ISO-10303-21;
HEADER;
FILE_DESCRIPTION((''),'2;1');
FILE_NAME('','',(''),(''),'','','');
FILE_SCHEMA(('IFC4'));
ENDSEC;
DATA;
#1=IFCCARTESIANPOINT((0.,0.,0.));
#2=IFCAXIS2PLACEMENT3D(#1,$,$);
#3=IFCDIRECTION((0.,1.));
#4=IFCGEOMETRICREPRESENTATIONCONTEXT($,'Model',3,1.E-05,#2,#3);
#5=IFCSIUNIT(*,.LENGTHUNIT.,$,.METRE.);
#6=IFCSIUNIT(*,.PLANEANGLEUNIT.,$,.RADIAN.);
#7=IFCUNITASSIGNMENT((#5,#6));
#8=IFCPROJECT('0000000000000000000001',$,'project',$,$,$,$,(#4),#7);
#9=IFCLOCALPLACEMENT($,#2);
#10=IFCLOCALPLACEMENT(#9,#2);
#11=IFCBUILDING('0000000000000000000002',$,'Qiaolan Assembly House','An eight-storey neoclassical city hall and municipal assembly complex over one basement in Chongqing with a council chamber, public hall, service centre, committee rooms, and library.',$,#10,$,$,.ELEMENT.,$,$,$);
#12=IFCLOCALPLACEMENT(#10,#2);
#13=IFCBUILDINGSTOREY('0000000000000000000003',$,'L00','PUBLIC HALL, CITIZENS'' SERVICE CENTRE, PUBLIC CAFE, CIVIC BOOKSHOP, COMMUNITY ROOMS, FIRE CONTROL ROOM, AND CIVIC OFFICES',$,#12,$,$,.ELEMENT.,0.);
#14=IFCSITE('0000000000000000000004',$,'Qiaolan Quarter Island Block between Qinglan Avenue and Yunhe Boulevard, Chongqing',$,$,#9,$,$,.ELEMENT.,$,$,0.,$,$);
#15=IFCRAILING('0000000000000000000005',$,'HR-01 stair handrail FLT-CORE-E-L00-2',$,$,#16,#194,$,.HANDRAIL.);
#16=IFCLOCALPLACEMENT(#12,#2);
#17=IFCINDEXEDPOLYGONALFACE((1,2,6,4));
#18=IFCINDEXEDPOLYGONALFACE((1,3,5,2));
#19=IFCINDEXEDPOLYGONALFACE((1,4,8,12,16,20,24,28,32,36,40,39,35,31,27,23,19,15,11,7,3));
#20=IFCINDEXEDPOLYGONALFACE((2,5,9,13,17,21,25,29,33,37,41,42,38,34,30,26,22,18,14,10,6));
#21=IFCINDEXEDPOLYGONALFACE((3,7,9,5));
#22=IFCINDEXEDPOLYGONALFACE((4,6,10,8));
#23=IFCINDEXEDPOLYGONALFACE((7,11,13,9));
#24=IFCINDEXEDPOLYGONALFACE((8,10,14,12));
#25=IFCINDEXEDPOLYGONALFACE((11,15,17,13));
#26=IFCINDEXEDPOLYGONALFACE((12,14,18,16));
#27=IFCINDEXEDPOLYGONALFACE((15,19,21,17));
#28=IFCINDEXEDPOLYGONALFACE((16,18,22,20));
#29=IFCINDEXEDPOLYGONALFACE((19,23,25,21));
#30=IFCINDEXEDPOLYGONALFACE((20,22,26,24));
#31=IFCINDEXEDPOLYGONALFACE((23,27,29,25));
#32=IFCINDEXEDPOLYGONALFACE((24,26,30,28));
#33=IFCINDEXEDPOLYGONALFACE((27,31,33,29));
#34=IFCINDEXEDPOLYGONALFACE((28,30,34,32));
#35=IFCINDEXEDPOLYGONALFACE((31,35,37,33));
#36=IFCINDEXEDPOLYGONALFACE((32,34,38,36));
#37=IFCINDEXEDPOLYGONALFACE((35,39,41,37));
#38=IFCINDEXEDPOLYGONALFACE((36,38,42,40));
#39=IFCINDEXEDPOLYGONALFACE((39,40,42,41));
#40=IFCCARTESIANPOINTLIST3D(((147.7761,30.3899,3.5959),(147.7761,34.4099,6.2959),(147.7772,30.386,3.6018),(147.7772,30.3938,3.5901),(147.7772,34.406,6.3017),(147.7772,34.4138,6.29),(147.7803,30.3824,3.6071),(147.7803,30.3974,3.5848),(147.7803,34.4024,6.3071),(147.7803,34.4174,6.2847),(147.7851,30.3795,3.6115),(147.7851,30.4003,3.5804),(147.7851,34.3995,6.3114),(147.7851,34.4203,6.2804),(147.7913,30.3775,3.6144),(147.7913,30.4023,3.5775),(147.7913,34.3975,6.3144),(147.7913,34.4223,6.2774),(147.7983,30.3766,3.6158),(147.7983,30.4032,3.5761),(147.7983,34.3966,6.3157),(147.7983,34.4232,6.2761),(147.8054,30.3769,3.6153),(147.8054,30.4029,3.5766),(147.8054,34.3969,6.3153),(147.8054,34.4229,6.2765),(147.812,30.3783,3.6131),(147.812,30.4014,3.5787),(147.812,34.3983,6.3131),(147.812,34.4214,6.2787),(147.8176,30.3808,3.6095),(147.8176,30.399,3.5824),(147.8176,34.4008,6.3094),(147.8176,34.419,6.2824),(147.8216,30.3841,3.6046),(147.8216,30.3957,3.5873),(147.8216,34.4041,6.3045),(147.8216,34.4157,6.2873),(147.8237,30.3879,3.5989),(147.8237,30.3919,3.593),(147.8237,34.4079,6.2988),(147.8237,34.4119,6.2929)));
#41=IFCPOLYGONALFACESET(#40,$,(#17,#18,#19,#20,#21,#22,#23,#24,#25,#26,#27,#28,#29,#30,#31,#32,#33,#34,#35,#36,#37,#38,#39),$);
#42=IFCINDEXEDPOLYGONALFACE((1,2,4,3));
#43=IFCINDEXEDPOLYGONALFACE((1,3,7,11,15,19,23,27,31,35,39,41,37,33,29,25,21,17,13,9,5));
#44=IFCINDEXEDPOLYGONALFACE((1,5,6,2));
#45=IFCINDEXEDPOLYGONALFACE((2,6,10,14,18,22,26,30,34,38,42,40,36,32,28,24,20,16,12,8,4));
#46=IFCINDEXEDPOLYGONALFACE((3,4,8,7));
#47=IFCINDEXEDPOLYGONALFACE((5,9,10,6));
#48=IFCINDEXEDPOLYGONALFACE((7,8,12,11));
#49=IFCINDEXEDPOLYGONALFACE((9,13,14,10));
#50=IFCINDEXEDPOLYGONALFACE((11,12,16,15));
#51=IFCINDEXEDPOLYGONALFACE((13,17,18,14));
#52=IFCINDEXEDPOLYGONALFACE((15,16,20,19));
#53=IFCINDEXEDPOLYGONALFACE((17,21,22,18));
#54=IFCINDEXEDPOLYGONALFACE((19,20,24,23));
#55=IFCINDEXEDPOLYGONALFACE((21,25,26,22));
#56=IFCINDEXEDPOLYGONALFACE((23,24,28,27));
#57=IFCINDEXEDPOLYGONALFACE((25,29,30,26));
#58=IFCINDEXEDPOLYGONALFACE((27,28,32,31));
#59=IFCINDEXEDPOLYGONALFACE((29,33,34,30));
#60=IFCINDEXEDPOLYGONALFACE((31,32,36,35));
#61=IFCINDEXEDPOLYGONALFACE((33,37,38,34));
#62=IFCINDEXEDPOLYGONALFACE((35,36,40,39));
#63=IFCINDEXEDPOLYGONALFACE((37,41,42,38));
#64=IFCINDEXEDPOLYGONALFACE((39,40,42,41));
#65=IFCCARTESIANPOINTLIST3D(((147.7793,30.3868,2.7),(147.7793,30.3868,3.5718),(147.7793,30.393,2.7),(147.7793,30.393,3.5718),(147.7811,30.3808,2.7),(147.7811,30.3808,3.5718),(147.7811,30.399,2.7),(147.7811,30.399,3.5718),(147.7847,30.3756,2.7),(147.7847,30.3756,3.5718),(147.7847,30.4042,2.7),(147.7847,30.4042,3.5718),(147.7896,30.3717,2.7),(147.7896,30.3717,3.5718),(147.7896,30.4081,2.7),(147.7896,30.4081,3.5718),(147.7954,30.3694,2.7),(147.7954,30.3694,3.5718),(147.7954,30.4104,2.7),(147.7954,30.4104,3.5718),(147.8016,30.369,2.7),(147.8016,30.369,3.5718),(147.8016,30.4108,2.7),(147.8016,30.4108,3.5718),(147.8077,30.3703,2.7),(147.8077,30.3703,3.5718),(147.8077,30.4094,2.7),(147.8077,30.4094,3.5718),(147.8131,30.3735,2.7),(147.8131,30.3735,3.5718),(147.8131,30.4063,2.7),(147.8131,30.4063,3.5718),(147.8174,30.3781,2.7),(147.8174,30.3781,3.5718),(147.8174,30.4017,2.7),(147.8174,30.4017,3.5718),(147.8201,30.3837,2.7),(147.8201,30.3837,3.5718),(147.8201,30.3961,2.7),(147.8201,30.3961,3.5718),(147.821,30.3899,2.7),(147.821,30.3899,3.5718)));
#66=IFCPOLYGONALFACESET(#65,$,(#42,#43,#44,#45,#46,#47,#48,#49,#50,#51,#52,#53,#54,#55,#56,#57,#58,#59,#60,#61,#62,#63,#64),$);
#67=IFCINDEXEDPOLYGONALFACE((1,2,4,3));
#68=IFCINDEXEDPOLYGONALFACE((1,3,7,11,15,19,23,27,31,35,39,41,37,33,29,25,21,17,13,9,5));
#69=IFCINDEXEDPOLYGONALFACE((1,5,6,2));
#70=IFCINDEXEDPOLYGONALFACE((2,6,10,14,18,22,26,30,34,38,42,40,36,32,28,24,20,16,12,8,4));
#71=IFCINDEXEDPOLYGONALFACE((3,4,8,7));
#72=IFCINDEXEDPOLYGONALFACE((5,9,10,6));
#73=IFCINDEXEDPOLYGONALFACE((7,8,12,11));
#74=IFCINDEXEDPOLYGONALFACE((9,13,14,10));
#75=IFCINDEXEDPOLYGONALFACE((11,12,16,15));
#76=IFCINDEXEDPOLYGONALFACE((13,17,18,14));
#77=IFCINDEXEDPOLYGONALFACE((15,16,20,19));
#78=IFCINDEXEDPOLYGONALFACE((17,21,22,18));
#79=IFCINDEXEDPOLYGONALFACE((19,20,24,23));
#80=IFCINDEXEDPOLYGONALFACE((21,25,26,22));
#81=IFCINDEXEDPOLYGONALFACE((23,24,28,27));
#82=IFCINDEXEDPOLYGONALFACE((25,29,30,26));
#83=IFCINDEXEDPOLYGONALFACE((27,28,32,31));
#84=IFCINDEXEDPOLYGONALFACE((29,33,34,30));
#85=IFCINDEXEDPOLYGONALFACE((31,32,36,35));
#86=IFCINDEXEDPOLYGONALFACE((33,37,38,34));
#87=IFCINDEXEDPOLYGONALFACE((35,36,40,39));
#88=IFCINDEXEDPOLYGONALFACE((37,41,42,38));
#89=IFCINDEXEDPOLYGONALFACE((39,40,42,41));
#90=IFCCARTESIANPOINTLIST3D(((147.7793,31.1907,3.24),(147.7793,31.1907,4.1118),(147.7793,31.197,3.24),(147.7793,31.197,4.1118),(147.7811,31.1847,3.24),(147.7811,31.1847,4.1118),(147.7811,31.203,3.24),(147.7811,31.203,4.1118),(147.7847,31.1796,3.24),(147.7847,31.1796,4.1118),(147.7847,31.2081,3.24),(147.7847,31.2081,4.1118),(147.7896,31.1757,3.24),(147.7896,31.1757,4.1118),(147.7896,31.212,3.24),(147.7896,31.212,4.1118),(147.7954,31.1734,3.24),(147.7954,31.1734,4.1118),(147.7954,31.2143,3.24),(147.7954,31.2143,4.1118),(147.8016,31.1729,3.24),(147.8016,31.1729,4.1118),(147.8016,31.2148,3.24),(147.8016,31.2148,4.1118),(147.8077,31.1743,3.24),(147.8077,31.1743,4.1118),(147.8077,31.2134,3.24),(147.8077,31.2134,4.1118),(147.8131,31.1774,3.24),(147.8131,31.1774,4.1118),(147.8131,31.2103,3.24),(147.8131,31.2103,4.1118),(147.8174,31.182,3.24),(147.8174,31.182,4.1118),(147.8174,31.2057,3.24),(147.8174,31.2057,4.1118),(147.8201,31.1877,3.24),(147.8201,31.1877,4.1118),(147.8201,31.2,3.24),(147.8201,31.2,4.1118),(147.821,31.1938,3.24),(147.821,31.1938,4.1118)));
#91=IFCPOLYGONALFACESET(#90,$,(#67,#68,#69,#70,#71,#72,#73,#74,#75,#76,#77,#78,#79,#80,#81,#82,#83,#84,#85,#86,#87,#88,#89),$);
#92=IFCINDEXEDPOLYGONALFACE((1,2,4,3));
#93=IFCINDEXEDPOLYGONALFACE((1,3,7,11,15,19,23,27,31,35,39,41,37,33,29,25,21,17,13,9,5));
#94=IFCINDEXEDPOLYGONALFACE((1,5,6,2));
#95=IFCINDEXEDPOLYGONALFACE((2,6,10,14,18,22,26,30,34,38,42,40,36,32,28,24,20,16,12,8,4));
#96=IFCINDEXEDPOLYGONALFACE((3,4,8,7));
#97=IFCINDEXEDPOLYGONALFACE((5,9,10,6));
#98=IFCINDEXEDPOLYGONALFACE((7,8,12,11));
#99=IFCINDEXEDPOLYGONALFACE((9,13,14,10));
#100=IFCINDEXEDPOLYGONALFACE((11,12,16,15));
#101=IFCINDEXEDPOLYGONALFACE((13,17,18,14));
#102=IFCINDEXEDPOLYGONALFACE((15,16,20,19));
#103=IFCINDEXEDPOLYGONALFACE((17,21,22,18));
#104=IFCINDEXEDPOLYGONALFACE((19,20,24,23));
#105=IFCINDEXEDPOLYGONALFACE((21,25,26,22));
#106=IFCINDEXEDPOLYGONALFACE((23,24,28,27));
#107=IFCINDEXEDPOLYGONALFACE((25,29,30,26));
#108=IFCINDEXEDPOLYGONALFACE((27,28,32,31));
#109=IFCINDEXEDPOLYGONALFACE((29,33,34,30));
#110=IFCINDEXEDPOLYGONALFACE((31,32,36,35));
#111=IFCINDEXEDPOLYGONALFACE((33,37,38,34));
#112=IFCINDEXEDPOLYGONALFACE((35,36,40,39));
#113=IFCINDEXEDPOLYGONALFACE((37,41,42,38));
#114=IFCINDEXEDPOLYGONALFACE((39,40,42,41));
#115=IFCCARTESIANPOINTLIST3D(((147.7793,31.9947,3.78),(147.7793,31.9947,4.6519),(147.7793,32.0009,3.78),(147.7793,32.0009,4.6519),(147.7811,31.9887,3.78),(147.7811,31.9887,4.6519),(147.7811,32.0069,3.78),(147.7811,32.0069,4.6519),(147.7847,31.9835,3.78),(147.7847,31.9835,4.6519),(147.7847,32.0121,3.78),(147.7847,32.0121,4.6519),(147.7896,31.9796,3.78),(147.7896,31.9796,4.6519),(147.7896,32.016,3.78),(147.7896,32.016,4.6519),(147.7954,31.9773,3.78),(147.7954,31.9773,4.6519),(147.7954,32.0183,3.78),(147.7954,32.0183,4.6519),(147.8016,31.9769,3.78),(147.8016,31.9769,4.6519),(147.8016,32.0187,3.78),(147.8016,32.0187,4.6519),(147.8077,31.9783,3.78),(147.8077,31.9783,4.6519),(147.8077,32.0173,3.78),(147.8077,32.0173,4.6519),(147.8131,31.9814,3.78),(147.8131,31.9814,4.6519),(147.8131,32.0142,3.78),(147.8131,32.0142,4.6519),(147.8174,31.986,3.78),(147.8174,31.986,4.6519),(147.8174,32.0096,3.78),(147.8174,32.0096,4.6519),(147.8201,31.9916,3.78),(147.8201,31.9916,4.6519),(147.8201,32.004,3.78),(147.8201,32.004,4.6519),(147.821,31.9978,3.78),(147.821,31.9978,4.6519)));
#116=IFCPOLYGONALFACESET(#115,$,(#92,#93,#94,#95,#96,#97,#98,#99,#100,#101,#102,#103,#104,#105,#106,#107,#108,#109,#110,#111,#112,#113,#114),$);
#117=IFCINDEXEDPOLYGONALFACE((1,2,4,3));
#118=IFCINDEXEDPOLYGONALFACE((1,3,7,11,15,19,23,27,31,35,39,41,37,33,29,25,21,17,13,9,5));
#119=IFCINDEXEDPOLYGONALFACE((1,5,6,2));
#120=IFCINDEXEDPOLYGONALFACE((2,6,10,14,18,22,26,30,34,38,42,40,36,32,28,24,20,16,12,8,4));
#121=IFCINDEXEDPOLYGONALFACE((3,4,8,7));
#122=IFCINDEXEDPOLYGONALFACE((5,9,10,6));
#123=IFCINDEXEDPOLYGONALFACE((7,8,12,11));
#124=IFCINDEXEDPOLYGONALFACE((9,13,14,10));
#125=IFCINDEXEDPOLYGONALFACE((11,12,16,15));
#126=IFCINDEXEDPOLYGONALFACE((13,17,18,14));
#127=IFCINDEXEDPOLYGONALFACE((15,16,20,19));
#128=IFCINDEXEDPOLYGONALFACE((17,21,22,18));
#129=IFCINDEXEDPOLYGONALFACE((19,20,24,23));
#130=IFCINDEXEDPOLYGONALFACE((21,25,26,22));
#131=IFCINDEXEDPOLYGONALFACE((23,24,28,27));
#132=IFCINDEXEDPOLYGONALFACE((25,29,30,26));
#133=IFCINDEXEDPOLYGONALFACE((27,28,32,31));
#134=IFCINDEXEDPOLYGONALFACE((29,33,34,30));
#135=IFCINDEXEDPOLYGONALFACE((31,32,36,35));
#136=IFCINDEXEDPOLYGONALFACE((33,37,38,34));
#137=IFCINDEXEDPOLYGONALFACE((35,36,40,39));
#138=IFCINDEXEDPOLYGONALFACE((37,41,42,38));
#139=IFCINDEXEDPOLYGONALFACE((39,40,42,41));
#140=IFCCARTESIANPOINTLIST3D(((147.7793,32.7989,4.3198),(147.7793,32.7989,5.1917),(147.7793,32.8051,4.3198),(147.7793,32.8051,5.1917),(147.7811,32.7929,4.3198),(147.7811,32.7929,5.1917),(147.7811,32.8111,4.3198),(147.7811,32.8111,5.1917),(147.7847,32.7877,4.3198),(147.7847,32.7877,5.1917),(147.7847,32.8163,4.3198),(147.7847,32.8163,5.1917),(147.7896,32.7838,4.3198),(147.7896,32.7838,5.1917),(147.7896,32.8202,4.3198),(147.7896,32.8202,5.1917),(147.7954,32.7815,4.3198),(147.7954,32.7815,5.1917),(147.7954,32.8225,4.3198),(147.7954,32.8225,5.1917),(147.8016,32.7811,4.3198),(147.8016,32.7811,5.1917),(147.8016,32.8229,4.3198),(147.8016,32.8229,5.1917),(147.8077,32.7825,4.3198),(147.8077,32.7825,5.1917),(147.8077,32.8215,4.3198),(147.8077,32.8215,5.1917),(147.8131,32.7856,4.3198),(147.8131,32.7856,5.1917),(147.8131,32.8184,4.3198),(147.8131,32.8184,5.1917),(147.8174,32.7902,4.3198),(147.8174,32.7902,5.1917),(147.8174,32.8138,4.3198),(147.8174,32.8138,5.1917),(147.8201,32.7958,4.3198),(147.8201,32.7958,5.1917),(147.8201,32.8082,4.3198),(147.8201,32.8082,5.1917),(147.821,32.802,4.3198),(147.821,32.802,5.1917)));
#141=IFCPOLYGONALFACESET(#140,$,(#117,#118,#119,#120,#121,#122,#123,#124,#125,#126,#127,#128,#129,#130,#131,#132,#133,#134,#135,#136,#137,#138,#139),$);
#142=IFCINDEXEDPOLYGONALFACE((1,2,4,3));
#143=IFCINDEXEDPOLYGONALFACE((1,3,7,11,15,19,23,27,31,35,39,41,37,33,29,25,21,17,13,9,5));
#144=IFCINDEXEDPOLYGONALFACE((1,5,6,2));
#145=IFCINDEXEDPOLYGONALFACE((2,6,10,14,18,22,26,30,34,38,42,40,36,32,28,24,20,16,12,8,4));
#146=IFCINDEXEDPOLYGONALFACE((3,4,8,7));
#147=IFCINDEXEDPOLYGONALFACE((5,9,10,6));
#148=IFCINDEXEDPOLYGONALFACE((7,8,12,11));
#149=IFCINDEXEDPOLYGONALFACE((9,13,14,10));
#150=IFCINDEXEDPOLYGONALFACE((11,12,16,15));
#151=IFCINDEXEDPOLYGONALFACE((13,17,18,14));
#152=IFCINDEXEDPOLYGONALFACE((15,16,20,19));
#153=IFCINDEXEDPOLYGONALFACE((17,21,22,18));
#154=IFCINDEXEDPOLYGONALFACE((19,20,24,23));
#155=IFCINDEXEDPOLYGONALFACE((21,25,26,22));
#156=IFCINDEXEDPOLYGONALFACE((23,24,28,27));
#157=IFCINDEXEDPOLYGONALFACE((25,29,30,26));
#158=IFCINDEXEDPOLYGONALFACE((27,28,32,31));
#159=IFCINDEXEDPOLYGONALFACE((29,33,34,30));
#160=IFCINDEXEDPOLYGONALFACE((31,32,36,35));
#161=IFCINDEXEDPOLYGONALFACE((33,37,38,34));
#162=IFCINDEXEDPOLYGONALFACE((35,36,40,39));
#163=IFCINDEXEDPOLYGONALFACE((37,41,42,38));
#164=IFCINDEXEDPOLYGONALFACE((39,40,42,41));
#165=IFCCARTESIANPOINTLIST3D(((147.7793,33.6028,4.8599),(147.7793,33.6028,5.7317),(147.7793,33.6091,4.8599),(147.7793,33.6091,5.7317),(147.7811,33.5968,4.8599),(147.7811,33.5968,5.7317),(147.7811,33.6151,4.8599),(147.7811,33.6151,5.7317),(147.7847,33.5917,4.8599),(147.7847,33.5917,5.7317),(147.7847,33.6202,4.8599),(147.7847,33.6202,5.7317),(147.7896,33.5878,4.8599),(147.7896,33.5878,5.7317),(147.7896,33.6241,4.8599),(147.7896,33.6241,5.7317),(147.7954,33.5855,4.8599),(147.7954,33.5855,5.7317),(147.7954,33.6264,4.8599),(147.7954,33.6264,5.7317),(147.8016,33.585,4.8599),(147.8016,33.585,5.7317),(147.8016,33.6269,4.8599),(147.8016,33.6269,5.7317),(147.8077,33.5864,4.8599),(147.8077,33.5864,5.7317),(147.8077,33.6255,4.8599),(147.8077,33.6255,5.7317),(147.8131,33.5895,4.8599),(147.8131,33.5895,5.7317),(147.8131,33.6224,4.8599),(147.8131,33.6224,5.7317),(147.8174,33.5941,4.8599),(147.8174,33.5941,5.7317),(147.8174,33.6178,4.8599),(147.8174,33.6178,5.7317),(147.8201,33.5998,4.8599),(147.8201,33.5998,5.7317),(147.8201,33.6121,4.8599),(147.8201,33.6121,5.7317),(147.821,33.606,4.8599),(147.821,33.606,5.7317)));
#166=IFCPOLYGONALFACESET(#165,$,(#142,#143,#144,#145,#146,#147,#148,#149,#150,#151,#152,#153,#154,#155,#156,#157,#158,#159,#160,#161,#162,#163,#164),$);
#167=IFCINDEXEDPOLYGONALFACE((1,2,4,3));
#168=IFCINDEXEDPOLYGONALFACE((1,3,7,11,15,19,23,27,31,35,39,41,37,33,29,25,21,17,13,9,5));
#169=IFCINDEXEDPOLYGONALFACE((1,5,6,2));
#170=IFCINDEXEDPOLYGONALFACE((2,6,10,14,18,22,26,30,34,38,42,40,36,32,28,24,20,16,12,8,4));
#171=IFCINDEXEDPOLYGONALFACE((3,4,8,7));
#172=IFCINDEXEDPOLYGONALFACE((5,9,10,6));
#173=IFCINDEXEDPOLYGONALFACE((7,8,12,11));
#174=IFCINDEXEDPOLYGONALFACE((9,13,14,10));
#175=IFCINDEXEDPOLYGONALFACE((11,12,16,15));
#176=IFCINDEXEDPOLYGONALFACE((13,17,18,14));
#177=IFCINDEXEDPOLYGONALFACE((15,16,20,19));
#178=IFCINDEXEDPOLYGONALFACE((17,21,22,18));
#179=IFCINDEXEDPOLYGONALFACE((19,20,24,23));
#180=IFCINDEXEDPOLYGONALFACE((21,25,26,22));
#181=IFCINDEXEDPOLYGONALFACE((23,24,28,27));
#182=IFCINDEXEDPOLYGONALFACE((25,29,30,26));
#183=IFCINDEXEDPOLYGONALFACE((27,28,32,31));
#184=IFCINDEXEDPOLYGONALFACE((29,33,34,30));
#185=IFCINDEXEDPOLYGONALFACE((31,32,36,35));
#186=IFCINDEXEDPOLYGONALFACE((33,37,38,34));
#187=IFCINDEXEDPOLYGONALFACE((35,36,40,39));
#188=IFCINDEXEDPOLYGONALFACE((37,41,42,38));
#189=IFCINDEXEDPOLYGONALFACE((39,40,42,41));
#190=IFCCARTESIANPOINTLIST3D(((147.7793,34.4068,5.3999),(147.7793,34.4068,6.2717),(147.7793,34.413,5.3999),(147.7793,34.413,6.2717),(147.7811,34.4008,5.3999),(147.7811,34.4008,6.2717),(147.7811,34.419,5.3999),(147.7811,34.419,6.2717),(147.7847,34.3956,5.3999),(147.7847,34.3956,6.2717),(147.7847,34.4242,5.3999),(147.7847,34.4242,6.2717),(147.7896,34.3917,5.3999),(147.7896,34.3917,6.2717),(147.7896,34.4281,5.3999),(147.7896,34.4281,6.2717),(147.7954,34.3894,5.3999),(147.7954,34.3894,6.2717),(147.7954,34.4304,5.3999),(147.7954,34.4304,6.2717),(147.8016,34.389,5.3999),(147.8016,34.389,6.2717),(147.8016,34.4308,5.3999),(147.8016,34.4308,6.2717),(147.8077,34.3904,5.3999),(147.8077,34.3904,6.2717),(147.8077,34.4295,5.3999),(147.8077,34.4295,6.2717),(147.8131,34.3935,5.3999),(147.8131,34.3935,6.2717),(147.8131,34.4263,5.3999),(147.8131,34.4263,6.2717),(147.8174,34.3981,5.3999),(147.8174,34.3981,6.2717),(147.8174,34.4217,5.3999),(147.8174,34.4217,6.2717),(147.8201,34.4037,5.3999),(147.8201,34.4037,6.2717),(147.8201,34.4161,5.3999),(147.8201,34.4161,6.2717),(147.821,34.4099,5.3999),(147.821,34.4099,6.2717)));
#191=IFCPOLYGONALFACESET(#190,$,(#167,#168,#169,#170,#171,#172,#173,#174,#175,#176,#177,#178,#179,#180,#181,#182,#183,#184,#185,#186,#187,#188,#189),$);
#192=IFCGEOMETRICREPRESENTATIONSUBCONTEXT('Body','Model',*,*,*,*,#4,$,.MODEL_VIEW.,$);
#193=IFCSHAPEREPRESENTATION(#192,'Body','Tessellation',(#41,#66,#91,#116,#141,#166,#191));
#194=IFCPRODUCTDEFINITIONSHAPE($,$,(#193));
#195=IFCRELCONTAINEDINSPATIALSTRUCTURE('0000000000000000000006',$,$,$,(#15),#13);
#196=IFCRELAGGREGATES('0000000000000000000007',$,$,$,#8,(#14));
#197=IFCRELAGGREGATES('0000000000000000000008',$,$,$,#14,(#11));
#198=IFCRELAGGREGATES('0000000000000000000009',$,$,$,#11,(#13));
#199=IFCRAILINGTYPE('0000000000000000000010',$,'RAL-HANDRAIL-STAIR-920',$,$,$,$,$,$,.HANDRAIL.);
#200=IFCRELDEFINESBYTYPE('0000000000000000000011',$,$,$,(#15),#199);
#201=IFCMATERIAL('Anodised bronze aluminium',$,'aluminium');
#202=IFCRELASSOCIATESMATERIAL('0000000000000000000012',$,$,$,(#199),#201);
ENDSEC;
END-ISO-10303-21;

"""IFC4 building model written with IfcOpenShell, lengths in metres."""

from ifc_helpers import new_model, si_unit, direction, frame, origin, origin_2d, place, context, subcontext, project, spatial, circle, extrude, material, type_object, element, save


model = new_model("IFC4")

# Units and contexts
model_context = context("Model", 3, precision=1e-05, world=origin(), true_north=direction((0.0, 1.0)))
body_context = subcontext(model_context, "Body", "Model", "MODEL_VIEW")
ifc_project = project(units=[si_unit("LENGTHUNIT", "METRE"), si_unit("PLANEANGLEUNIT", "RADIAN")], contexts=[model_context])

# Site, building, storey
site_placement = place(None, origin())
site = spatial("IfcSite", under=ifc_project, at=site_placement, Name="Qiaolan Quarter Island Block between Qinglan Avenue and Yunhe Boulevard, Chongqing", CompositionType="ELEMENT", RefElevation=0.0)
building_placement = place(site_placement, origin())
building = spatial("IfcBuilding", under=site, at=building_placement, Name="Qiaolan Assembly House", Description="An eight-storey neoclassical city hall and municipal assembly complex over one basement in Chongqing with a council chamber, public hall, service centre, committee rooms, and library.", CompositionType="ELEMENT")
storey_placement = place(building_placement, origin())
storey = spatial("IfcBuildingStorey", under=building, at=storey_placement, Name="L00", Description="PUBLIC HALL, CITIZENS' SERVICE CENTRE, PUBLIC CAFE, CIVIC BOOKSHOP, COMMUNITY ROOMS, FIRE CONTROL ROOM, AND CIVIC OFFICES", CompositionType="ELEMENT", Elevation=0.0)

# Shared definitions
ifc_material_1 = material(Name="Anodised bronze aluminium", Category="aluminium")

# Railing
railing_type_1 = type_object("IfcRailingType", Name="RAL-HANDRAIL-STAIR-920", PredefinedType="HANDRAIL", material=ifc_material_1)
railing_1_placement = place(storey_placement, frame((147.8, 30.3899, 2.7)))
element("IfcRailing", 1, at=railing_1_placement, inside=storey, type_object=railing_type_1, Name="HR-01 stair handrail FLT-CORE-E-L00-2", PredefinedType="HANDRAIL", context=body_context, shape_type="SweptSolid", body=[
    extrude(circle(Radius=0.0239, at=origin_2d()), frame((0.0, 0.0, 0.896), z_axis=(0.0, 0.830145, 0.557547), x_axis=(-1.0, 0.0, 0.0)), (0.0, 0.0, 1.0), 4.8425),
    extrude(circle(Radius=0.021, at=origin_2d()), origin(), (0.0, 0.0, 1.0), 0.8718),
    extrude(circle(Radius=0.021, at=origin_2d()), frame((0.0, 0.804, 0.54)), (0.0, 0.0, 1.0), 0.8718),
    extrude(circle(Radius=0.021, at=origin_2d()), frame((0.0, 1.6079, 1.0801)), (0.0, 0.0, 1.0), 0.8718),
    extrude(circle(Radius=0.021, at=origin_2d()), frame((0.0, 2.4121, 1.6199)), (0.0, 0.0, 1.0), 0.8718),
    extrude(circle(Radius=0.021, at=origin_2d()), frame((0.0, 3.2161, 2.1599)), (0.0, 0.0, 1.0), 0.8718),
    extrude(circle(Radius=0.021, at=origin_2d()), frame((0.0, 4.02, 2.7)), (0.0, 0.0, 1.0), 0.8718),
])

save(model, "model.ifc")
